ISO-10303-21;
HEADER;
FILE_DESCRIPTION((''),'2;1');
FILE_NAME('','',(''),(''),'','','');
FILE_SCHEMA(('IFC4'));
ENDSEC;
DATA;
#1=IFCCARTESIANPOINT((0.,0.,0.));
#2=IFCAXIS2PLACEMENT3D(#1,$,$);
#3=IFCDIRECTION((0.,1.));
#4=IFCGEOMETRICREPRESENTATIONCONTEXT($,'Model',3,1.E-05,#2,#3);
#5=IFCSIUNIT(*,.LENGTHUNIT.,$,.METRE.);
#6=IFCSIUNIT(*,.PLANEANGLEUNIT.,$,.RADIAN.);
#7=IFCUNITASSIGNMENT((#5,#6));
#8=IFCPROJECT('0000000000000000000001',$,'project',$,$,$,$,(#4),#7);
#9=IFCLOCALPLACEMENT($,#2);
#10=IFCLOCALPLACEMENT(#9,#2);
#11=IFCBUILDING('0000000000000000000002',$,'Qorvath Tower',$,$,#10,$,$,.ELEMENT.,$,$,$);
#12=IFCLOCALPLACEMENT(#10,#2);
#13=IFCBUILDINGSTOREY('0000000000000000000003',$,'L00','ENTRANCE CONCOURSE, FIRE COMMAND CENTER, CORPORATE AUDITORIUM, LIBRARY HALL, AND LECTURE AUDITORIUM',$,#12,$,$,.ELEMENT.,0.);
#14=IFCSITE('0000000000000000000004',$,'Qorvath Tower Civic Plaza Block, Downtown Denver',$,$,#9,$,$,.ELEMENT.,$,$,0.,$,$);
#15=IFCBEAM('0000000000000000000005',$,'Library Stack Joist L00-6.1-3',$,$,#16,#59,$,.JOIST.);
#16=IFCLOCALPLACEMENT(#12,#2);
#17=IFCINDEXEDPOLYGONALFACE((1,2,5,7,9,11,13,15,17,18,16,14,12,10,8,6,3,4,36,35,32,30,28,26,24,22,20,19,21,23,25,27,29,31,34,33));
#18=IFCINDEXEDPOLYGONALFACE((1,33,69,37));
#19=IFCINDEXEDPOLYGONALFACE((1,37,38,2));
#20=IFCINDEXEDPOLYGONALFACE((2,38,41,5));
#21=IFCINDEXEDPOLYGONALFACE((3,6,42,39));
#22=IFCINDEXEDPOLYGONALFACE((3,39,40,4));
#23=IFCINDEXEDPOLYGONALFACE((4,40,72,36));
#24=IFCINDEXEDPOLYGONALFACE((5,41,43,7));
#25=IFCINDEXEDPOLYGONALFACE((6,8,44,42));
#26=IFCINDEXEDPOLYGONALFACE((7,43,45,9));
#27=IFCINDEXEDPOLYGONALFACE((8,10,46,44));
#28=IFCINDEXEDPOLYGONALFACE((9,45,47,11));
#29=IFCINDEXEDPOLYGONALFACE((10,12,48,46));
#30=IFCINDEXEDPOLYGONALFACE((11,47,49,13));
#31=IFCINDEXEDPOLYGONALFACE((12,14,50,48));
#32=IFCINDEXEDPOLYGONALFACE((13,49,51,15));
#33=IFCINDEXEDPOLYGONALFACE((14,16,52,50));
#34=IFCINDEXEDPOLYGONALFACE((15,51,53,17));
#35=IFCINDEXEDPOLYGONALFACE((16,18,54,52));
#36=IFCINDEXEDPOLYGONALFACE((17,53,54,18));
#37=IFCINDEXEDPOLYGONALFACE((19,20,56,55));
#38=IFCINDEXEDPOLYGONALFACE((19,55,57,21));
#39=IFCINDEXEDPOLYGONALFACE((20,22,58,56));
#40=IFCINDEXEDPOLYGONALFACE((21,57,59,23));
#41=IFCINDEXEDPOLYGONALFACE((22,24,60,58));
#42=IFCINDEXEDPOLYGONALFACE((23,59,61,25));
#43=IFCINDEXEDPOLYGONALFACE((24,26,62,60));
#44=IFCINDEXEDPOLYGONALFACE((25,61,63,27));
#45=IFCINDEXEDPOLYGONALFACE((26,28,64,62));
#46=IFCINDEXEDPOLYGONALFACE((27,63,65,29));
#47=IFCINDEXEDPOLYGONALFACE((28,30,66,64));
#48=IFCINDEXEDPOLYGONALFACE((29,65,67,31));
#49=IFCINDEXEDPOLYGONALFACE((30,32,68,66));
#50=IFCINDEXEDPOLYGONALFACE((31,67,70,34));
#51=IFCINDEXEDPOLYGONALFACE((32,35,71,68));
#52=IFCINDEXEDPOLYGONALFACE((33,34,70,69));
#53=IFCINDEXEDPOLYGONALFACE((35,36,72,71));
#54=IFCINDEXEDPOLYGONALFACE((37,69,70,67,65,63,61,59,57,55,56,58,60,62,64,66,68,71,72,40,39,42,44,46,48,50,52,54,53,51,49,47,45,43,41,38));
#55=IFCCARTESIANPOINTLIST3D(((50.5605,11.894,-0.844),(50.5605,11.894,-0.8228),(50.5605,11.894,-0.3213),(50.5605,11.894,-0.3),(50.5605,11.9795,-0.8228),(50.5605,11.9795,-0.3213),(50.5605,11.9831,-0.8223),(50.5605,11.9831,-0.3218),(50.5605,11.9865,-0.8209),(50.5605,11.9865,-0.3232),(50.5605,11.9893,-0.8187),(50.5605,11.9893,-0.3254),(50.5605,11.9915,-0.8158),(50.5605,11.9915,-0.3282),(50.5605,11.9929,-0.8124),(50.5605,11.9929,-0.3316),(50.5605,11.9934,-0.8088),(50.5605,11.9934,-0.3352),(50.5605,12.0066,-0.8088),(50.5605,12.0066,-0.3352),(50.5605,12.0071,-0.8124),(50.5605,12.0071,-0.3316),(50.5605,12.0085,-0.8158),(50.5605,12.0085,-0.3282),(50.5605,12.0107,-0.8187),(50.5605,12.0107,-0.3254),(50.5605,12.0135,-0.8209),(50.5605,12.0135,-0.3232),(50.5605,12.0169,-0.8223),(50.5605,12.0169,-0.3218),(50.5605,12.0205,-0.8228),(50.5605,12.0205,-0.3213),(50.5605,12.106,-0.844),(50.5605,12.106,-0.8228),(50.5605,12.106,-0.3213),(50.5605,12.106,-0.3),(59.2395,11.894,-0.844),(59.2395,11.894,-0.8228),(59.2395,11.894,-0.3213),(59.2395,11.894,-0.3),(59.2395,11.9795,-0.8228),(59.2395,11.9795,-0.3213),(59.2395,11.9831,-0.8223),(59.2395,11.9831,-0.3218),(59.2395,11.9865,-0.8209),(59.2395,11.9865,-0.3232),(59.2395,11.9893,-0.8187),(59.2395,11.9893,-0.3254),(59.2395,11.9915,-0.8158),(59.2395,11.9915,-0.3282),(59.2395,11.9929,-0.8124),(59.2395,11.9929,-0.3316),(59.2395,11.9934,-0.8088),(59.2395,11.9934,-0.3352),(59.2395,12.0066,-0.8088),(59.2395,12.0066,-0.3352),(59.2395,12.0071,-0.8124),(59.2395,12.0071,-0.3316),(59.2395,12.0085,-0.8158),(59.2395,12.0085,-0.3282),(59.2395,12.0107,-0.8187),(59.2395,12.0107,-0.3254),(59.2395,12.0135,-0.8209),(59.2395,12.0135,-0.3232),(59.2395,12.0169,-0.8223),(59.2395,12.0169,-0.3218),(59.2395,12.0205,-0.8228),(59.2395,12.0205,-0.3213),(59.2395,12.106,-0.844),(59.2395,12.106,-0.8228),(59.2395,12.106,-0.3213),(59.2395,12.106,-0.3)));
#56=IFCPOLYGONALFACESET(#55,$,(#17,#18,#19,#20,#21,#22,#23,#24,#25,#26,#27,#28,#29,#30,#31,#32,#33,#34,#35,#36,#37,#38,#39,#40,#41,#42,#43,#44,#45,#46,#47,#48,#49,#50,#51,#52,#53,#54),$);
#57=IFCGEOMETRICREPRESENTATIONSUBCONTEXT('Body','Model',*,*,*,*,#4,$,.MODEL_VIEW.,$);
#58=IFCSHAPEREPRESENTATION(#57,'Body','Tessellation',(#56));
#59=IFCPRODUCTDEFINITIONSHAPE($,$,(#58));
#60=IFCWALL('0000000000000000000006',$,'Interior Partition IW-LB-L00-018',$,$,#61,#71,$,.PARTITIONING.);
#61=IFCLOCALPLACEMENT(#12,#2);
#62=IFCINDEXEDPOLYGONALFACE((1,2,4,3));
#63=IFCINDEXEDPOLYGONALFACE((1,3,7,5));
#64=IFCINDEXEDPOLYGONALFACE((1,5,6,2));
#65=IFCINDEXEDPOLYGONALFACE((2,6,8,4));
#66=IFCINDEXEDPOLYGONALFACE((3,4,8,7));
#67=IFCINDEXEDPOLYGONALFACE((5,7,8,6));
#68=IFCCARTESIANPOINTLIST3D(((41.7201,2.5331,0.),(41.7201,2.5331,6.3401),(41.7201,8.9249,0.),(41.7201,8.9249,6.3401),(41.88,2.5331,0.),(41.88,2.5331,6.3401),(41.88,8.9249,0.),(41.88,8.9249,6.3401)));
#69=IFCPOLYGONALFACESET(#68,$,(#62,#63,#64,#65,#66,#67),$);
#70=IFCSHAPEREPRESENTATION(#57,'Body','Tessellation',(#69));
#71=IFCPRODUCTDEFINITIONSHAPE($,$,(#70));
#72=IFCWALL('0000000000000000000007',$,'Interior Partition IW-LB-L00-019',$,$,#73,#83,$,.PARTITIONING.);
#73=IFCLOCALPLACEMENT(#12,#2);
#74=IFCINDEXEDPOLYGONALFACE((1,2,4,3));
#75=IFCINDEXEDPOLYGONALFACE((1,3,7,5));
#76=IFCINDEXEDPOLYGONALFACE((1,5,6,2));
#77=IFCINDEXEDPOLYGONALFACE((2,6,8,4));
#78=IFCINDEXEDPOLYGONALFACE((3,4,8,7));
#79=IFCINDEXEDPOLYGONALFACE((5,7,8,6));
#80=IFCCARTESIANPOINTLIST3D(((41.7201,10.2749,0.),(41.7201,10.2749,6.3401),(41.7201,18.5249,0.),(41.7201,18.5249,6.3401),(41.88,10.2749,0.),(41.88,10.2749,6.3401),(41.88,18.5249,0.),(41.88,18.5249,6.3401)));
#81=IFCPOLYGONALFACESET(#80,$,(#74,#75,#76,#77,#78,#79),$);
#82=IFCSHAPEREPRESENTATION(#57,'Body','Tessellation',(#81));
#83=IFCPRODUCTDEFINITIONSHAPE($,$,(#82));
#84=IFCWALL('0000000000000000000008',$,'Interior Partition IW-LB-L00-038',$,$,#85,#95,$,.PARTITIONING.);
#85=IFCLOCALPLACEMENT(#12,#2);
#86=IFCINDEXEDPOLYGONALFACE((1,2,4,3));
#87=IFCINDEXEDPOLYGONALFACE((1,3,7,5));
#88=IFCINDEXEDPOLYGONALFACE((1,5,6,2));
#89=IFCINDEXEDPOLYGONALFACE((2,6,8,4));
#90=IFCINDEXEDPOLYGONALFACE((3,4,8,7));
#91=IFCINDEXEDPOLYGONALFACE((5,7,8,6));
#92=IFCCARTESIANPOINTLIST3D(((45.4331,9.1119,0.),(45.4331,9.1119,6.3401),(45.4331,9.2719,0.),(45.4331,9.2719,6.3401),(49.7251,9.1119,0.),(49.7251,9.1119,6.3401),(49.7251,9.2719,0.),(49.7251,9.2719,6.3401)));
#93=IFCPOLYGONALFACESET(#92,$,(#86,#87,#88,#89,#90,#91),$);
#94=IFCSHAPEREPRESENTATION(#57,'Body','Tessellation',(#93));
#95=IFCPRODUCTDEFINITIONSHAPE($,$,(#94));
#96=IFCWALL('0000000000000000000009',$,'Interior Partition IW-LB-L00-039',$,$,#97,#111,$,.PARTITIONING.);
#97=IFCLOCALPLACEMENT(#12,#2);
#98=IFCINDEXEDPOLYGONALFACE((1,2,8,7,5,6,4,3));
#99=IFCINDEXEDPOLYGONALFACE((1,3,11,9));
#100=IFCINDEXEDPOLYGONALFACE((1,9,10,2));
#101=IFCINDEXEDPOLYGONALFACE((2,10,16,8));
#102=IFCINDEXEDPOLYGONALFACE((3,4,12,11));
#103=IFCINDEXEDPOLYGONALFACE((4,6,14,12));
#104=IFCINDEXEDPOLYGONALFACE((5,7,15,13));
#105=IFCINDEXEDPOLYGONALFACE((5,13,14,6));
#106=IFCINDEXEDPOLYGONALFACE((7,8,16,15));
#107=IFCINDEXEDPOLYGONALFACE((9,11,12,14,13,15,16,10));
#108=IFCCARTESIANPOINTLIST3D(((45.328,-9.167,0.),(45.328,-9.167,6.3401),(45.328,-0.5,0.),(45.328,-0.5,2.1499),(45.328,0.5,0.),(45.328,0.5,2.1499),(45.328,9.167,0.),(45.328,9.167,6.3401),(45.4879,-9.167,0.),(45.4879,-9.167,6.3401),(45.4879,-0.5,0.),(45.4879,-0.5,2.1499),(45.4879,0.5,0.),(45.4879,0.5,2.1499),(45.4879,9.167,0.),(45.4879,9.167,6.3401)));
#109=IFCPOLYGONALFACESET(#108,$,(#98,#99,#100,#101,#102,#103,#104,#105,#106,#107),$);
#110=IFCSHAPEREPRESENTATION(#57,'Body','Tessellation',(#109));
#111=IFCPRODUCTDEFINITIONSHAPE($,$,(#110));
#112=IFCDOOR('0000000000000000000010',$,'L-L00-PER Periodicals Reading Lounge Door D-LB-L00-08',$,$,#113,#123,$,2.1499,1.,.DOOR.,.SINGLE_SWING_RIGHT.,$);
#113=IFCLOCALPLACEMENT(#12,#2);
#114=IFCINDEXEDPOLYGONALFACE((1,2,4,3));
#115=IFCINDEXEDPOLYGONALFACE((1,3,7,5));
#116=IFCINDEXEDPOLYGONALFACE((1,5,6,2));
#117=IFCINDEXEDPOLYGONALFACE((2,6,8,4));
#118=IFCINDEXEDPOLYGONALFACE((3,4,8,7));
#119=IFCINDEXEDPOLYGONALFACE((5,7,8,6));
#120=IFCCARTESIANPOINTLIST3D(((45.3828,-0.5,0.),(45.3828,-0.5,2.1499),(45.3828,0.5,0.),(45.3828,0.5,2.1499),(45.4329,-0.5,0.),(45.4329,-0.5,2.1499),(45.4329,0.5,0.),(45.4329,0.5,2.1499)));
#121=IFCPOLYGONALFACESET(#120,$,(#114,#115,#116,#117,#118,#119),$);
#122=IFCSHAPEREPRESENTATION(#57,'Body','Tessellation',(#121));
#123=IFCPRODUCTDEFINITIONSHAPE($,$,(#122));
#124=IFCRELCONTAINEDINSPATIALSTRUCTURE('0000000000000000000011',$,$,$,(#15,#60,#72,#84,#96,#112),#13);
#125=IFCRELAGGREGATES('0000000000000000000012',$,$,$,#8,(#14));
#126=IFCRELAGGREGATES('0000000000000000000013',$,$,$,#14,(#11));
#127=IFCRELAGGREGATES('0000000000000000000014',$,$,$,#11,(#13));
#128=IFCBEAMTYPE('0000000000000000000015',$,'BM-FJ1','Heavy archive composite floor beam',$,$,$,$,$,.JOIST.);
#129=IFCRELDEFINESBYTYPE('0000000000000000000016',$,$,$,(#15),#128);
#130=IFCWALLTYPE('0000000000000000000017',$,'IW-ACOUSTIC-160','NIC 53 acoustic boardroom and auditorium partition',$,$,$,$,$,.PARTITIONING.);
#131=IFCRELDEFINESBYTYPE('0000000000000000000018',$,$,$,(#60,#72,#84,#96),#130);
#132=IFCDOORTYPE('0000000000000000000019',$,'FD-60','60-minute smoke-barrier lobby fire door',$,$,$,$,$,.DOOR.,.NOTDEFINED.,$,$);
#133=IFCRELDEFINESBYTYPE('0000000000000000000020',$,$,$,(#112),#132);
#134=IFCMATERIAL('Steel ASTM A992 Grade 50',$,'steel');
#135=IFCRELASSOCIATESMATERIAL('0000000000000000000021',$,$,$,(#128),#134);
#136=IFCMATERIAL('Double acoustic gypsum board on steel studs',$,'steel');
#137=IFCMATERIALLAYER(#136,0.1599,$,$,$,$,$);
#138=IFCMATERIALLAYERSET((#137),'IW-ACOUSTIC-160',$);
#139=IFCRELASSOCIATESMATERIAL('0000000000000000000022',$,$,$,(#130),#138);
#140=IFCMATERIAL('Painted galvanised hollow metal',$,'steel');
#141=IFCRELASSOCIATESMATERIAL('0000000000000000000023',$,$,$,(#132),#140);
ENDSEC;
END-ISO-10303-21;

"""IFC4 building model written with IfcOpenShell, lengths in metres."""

from ifc_helpers import new_model, si_unit, direction, frame, frame_2d, origin, origin_2d, place, context, subcontext, project, spatial, rectangle, i_section, extrude, material, layer, layer_set, material_profile, profile_set, type_object, element, fill, save


model = new_model("IFC4")

# Units and contexts
model_context = context("Model", 3, precision=1e-05, world=origin(), true_north=direction((0.0, 1.0)))
body_context = subcontext(model_context, "Body", "Model", "MODEL_VIEW")
ifc_project = project(units=[si_unit("LENGTHUNIT", "METRE"), si_unit("PLANEANGLEUNIT", "RADIAN")], contexts=[model_context])

# Site, building, storey
site_placement = place(None, origin())
site = spatial("IfcSite", under=ifc_project, at=site_placement, Name="Qorvath Tower Civic Plaza Block, Downtown Denver", CompositionType="ELEMENT", RefElevation=0.0)
building_placement = place(site_placement, origin())
building = spatial("IfcBuilding", under=site, at=building_placement, Name="Qorvath Tower", CompositionType="ELEMENT")
storey_placement = place(building_placement, origin())
storey = spatial("IfcBuildingStorey", under=building, at=storey_placement, Name="L00", Description="ENTRANCE CONCOURSE, FIRE COMMAND CENTER, CORPORATE AUDITORIUM, LIBRARY HALL, AND LECTURE AUDITORIUM", CompositionType="ELEMENT", Elevation=0.0)

# Beam
ifc_material_1 = material(Name="Steel ASTM A992 Grade 50", Category="steel")
ifc_material_profile_1 = material_profile(ifc_material_1, i_section(OverallWidth=0.2119, OverallDepth=0.5439, WebThickness=0.0132, FlangeThickness=0.0212, FilletRadius=0.0139, at=origin_2d()), Name="W21x83")
ifc_profile_set_1 = profile_set([ifc_material_profile_1], Name="Steel ASTM A992 Grade 50")
beam_type_1 = type_object("IfcBeamType", Name="BM-FJ1", Description="Heavy archive composite floor beam", PredefinedType="JOIST", material=ifc_profile_set_1)
for number, where, z_axis, x_axis, name in (
    (1, (50.5605, 12.0, -0.572), (1.0, 0.0, 0.0), (0.0, 1.0, 0.0), "Library Stack Joist L00-6.1-3"),
):
    element("IfcBeam", number, at=place(storey_placement, frame(where, z_axis=z_axis, x_axis=x_axis)), inside=storey, type_object=beam_type_1, Name=name, PredefinedType="JOIST", context=body_context, shape_type="SweptSolid", body=[
        extrude(i_section(OverallWidth=0.2119, OverallDepth=0.5439, WebThickness=0.0132, FlangeThickness=0.0212, FilletRadius=0.0139, at=origin_2d()), origin(), (0.0, 0.0, 1.0), 8.679),
    ])

# Walls
ifc_material_2 = material(Name="Double acoustic gypsum board on steel studs", Category="steel")
ifc_layer = layer(ifc_material_2, 0.1599)
ifc_layer_set = layer_set([ifc_layer], Name="IW-ACOUSTIC-160")
wall_type = type_object("IfcWallType", Name="IW-ACOUSTIC-160", Description="NIC 53 acoustic boardroom and auditorium partition", PredefinedType="PARTITIONING", material=ifc_layer_set)
wall_1_placement = place(storey_placement, frame((41.8, 2.5332, 0.0), z_axis=(0.0, 0.0, 1.0), x_axis=(0.0, 1.0, 0.0)))
element("IfcWall", 2, at=wall_1_placement, inside=storey, type_object=wall_type, Name="Interior Partition IW-LB-L00-018", PredefinedType="PARTITIONING", context=body_context, shape_type="SweptSolid", body=[
    extrude(rectangle(XDim=6.3918, YDim=0.1599, at=frame_2d((3.1958, 0.0))), origin(), (0.0, 0.0, 1.0), 6.3401),
])
wall_2_placement = place(storey_placement, frame((41.8, 10.2749, 0.0), z_axis=(0.0, 0.0, 1.0), x_axis=(0.0, 1.0, 0.0)))
element("IfcWall", 3, at=wall_2_placement, inside=storey, type_object=wall_type, Name="Interior Partition IW-LB-L00-019", PredefinedType="PARTITIONING", context=body_context, shape_type="SweptSolid", body=[
    extrude(rectangle(XDim=8.25, YDim=0.1599, at=frame_2d((4.125, 0.0))), origin(), (0.0, 0.0, 1.0), 6.3401),
])
wall_3_placement = place(storey_placement, frame((49.7251, 9.1919, 0.0), z_axis=(0.0, 0.0, 1.0), x_axis=(-1.0, 0.0, 0.0)))
element("IfcWall", 4, at=wall_3_placement, inside=storey, type_object=wall_type, Name="Interior Partition IW-LB-L00-038", PredefinedType="PARTITIONING", context=body_context, shape_type="SweptSolid", body=[
    extrude(rectangle(XDim=4.292, YDim=0.1599, at=frame_2d((2.146, 0.0))), origin(), (0.0, 0.0, 1.0), 6.3401),
])

# Wall, opening, door
wall_4_placement = place(storey_placement, frame((45.408, 9.167, 0.0), z_axis=(0.0, 0.0, 1.0), x_axis=(0.0, -1.0, 0.0)))
wall_4 = element("IfcWall", 5, at=wall_4_placement, inside=storey, type_object=wall_type, Name="Interior Partition IW-LB-L00-039", PredefinedType="PARTITIONING", context=body_context, shape_type="SweptSolid", body=[
    extrude(rectangle(XDim=18.334, YDim=0.1599, at=frame_2d((9.167, 0.0))), origin(), (0.0, 0.0, 1.0), 6.3401),
])
opening_placement = place(wall_4_placement, frame((8.667, 0.0, 0.0)))
opening = element("IfcOpeningElement", 6, at=opening_placement, cuts=wall_4, PredefinedType="OPENING", context=body_context, shape_type="SweptSolid", body=[
    extrude(rectangle(XDim=1.0, YDim=2.1499, at=frame_2d((0.5, 1.075))), frame((0.0, 0.0898, 0.0), z_axis=(0.0, -1.0, 0.0), x_axis=(1.0, 0.0, 0.0)), (0.0, 0.0, 1.0), 0.1799),
])
ifc_material_3 = material(Name="Painted galvanised hollow metal", Category="steel")
door_type = type_object("IfcDoorType", Name="FD-60", Description="60-minute smoke-barrier lobby fire door", OperationType="NOTDEFINED", PredefinedType="DOOR", material=ifc_material_3)
door_placement = place(opening_placement, origin())
door = element("IfcDoor", 7, at=door_placement, inside=storey, type_object=door_type, Name="L-L00-PER Periodicals Reading Lounge Door D-LB-L00-08", OperationType="SINGLE_SWING_RIGHT", OverallHeight=2.1499, OverallWidth=1.0, PredefinedType="DOOR", context=body_context, shape_type="SweptSolid", body=[
    extrude(rectangle(XDim=1.0, YDim=2.1499, at=frame_2d((0.5, 1.075))), frame((0.0, 0.0249, 0.0), z_axis=(0.0, -1.0, 0.0), x_axis=(1.0, 0.0, 0.0)), (0.0, 0.0, 1.0), 0.05),
])
fill(opening, door)

save(model, "model.ifc")
